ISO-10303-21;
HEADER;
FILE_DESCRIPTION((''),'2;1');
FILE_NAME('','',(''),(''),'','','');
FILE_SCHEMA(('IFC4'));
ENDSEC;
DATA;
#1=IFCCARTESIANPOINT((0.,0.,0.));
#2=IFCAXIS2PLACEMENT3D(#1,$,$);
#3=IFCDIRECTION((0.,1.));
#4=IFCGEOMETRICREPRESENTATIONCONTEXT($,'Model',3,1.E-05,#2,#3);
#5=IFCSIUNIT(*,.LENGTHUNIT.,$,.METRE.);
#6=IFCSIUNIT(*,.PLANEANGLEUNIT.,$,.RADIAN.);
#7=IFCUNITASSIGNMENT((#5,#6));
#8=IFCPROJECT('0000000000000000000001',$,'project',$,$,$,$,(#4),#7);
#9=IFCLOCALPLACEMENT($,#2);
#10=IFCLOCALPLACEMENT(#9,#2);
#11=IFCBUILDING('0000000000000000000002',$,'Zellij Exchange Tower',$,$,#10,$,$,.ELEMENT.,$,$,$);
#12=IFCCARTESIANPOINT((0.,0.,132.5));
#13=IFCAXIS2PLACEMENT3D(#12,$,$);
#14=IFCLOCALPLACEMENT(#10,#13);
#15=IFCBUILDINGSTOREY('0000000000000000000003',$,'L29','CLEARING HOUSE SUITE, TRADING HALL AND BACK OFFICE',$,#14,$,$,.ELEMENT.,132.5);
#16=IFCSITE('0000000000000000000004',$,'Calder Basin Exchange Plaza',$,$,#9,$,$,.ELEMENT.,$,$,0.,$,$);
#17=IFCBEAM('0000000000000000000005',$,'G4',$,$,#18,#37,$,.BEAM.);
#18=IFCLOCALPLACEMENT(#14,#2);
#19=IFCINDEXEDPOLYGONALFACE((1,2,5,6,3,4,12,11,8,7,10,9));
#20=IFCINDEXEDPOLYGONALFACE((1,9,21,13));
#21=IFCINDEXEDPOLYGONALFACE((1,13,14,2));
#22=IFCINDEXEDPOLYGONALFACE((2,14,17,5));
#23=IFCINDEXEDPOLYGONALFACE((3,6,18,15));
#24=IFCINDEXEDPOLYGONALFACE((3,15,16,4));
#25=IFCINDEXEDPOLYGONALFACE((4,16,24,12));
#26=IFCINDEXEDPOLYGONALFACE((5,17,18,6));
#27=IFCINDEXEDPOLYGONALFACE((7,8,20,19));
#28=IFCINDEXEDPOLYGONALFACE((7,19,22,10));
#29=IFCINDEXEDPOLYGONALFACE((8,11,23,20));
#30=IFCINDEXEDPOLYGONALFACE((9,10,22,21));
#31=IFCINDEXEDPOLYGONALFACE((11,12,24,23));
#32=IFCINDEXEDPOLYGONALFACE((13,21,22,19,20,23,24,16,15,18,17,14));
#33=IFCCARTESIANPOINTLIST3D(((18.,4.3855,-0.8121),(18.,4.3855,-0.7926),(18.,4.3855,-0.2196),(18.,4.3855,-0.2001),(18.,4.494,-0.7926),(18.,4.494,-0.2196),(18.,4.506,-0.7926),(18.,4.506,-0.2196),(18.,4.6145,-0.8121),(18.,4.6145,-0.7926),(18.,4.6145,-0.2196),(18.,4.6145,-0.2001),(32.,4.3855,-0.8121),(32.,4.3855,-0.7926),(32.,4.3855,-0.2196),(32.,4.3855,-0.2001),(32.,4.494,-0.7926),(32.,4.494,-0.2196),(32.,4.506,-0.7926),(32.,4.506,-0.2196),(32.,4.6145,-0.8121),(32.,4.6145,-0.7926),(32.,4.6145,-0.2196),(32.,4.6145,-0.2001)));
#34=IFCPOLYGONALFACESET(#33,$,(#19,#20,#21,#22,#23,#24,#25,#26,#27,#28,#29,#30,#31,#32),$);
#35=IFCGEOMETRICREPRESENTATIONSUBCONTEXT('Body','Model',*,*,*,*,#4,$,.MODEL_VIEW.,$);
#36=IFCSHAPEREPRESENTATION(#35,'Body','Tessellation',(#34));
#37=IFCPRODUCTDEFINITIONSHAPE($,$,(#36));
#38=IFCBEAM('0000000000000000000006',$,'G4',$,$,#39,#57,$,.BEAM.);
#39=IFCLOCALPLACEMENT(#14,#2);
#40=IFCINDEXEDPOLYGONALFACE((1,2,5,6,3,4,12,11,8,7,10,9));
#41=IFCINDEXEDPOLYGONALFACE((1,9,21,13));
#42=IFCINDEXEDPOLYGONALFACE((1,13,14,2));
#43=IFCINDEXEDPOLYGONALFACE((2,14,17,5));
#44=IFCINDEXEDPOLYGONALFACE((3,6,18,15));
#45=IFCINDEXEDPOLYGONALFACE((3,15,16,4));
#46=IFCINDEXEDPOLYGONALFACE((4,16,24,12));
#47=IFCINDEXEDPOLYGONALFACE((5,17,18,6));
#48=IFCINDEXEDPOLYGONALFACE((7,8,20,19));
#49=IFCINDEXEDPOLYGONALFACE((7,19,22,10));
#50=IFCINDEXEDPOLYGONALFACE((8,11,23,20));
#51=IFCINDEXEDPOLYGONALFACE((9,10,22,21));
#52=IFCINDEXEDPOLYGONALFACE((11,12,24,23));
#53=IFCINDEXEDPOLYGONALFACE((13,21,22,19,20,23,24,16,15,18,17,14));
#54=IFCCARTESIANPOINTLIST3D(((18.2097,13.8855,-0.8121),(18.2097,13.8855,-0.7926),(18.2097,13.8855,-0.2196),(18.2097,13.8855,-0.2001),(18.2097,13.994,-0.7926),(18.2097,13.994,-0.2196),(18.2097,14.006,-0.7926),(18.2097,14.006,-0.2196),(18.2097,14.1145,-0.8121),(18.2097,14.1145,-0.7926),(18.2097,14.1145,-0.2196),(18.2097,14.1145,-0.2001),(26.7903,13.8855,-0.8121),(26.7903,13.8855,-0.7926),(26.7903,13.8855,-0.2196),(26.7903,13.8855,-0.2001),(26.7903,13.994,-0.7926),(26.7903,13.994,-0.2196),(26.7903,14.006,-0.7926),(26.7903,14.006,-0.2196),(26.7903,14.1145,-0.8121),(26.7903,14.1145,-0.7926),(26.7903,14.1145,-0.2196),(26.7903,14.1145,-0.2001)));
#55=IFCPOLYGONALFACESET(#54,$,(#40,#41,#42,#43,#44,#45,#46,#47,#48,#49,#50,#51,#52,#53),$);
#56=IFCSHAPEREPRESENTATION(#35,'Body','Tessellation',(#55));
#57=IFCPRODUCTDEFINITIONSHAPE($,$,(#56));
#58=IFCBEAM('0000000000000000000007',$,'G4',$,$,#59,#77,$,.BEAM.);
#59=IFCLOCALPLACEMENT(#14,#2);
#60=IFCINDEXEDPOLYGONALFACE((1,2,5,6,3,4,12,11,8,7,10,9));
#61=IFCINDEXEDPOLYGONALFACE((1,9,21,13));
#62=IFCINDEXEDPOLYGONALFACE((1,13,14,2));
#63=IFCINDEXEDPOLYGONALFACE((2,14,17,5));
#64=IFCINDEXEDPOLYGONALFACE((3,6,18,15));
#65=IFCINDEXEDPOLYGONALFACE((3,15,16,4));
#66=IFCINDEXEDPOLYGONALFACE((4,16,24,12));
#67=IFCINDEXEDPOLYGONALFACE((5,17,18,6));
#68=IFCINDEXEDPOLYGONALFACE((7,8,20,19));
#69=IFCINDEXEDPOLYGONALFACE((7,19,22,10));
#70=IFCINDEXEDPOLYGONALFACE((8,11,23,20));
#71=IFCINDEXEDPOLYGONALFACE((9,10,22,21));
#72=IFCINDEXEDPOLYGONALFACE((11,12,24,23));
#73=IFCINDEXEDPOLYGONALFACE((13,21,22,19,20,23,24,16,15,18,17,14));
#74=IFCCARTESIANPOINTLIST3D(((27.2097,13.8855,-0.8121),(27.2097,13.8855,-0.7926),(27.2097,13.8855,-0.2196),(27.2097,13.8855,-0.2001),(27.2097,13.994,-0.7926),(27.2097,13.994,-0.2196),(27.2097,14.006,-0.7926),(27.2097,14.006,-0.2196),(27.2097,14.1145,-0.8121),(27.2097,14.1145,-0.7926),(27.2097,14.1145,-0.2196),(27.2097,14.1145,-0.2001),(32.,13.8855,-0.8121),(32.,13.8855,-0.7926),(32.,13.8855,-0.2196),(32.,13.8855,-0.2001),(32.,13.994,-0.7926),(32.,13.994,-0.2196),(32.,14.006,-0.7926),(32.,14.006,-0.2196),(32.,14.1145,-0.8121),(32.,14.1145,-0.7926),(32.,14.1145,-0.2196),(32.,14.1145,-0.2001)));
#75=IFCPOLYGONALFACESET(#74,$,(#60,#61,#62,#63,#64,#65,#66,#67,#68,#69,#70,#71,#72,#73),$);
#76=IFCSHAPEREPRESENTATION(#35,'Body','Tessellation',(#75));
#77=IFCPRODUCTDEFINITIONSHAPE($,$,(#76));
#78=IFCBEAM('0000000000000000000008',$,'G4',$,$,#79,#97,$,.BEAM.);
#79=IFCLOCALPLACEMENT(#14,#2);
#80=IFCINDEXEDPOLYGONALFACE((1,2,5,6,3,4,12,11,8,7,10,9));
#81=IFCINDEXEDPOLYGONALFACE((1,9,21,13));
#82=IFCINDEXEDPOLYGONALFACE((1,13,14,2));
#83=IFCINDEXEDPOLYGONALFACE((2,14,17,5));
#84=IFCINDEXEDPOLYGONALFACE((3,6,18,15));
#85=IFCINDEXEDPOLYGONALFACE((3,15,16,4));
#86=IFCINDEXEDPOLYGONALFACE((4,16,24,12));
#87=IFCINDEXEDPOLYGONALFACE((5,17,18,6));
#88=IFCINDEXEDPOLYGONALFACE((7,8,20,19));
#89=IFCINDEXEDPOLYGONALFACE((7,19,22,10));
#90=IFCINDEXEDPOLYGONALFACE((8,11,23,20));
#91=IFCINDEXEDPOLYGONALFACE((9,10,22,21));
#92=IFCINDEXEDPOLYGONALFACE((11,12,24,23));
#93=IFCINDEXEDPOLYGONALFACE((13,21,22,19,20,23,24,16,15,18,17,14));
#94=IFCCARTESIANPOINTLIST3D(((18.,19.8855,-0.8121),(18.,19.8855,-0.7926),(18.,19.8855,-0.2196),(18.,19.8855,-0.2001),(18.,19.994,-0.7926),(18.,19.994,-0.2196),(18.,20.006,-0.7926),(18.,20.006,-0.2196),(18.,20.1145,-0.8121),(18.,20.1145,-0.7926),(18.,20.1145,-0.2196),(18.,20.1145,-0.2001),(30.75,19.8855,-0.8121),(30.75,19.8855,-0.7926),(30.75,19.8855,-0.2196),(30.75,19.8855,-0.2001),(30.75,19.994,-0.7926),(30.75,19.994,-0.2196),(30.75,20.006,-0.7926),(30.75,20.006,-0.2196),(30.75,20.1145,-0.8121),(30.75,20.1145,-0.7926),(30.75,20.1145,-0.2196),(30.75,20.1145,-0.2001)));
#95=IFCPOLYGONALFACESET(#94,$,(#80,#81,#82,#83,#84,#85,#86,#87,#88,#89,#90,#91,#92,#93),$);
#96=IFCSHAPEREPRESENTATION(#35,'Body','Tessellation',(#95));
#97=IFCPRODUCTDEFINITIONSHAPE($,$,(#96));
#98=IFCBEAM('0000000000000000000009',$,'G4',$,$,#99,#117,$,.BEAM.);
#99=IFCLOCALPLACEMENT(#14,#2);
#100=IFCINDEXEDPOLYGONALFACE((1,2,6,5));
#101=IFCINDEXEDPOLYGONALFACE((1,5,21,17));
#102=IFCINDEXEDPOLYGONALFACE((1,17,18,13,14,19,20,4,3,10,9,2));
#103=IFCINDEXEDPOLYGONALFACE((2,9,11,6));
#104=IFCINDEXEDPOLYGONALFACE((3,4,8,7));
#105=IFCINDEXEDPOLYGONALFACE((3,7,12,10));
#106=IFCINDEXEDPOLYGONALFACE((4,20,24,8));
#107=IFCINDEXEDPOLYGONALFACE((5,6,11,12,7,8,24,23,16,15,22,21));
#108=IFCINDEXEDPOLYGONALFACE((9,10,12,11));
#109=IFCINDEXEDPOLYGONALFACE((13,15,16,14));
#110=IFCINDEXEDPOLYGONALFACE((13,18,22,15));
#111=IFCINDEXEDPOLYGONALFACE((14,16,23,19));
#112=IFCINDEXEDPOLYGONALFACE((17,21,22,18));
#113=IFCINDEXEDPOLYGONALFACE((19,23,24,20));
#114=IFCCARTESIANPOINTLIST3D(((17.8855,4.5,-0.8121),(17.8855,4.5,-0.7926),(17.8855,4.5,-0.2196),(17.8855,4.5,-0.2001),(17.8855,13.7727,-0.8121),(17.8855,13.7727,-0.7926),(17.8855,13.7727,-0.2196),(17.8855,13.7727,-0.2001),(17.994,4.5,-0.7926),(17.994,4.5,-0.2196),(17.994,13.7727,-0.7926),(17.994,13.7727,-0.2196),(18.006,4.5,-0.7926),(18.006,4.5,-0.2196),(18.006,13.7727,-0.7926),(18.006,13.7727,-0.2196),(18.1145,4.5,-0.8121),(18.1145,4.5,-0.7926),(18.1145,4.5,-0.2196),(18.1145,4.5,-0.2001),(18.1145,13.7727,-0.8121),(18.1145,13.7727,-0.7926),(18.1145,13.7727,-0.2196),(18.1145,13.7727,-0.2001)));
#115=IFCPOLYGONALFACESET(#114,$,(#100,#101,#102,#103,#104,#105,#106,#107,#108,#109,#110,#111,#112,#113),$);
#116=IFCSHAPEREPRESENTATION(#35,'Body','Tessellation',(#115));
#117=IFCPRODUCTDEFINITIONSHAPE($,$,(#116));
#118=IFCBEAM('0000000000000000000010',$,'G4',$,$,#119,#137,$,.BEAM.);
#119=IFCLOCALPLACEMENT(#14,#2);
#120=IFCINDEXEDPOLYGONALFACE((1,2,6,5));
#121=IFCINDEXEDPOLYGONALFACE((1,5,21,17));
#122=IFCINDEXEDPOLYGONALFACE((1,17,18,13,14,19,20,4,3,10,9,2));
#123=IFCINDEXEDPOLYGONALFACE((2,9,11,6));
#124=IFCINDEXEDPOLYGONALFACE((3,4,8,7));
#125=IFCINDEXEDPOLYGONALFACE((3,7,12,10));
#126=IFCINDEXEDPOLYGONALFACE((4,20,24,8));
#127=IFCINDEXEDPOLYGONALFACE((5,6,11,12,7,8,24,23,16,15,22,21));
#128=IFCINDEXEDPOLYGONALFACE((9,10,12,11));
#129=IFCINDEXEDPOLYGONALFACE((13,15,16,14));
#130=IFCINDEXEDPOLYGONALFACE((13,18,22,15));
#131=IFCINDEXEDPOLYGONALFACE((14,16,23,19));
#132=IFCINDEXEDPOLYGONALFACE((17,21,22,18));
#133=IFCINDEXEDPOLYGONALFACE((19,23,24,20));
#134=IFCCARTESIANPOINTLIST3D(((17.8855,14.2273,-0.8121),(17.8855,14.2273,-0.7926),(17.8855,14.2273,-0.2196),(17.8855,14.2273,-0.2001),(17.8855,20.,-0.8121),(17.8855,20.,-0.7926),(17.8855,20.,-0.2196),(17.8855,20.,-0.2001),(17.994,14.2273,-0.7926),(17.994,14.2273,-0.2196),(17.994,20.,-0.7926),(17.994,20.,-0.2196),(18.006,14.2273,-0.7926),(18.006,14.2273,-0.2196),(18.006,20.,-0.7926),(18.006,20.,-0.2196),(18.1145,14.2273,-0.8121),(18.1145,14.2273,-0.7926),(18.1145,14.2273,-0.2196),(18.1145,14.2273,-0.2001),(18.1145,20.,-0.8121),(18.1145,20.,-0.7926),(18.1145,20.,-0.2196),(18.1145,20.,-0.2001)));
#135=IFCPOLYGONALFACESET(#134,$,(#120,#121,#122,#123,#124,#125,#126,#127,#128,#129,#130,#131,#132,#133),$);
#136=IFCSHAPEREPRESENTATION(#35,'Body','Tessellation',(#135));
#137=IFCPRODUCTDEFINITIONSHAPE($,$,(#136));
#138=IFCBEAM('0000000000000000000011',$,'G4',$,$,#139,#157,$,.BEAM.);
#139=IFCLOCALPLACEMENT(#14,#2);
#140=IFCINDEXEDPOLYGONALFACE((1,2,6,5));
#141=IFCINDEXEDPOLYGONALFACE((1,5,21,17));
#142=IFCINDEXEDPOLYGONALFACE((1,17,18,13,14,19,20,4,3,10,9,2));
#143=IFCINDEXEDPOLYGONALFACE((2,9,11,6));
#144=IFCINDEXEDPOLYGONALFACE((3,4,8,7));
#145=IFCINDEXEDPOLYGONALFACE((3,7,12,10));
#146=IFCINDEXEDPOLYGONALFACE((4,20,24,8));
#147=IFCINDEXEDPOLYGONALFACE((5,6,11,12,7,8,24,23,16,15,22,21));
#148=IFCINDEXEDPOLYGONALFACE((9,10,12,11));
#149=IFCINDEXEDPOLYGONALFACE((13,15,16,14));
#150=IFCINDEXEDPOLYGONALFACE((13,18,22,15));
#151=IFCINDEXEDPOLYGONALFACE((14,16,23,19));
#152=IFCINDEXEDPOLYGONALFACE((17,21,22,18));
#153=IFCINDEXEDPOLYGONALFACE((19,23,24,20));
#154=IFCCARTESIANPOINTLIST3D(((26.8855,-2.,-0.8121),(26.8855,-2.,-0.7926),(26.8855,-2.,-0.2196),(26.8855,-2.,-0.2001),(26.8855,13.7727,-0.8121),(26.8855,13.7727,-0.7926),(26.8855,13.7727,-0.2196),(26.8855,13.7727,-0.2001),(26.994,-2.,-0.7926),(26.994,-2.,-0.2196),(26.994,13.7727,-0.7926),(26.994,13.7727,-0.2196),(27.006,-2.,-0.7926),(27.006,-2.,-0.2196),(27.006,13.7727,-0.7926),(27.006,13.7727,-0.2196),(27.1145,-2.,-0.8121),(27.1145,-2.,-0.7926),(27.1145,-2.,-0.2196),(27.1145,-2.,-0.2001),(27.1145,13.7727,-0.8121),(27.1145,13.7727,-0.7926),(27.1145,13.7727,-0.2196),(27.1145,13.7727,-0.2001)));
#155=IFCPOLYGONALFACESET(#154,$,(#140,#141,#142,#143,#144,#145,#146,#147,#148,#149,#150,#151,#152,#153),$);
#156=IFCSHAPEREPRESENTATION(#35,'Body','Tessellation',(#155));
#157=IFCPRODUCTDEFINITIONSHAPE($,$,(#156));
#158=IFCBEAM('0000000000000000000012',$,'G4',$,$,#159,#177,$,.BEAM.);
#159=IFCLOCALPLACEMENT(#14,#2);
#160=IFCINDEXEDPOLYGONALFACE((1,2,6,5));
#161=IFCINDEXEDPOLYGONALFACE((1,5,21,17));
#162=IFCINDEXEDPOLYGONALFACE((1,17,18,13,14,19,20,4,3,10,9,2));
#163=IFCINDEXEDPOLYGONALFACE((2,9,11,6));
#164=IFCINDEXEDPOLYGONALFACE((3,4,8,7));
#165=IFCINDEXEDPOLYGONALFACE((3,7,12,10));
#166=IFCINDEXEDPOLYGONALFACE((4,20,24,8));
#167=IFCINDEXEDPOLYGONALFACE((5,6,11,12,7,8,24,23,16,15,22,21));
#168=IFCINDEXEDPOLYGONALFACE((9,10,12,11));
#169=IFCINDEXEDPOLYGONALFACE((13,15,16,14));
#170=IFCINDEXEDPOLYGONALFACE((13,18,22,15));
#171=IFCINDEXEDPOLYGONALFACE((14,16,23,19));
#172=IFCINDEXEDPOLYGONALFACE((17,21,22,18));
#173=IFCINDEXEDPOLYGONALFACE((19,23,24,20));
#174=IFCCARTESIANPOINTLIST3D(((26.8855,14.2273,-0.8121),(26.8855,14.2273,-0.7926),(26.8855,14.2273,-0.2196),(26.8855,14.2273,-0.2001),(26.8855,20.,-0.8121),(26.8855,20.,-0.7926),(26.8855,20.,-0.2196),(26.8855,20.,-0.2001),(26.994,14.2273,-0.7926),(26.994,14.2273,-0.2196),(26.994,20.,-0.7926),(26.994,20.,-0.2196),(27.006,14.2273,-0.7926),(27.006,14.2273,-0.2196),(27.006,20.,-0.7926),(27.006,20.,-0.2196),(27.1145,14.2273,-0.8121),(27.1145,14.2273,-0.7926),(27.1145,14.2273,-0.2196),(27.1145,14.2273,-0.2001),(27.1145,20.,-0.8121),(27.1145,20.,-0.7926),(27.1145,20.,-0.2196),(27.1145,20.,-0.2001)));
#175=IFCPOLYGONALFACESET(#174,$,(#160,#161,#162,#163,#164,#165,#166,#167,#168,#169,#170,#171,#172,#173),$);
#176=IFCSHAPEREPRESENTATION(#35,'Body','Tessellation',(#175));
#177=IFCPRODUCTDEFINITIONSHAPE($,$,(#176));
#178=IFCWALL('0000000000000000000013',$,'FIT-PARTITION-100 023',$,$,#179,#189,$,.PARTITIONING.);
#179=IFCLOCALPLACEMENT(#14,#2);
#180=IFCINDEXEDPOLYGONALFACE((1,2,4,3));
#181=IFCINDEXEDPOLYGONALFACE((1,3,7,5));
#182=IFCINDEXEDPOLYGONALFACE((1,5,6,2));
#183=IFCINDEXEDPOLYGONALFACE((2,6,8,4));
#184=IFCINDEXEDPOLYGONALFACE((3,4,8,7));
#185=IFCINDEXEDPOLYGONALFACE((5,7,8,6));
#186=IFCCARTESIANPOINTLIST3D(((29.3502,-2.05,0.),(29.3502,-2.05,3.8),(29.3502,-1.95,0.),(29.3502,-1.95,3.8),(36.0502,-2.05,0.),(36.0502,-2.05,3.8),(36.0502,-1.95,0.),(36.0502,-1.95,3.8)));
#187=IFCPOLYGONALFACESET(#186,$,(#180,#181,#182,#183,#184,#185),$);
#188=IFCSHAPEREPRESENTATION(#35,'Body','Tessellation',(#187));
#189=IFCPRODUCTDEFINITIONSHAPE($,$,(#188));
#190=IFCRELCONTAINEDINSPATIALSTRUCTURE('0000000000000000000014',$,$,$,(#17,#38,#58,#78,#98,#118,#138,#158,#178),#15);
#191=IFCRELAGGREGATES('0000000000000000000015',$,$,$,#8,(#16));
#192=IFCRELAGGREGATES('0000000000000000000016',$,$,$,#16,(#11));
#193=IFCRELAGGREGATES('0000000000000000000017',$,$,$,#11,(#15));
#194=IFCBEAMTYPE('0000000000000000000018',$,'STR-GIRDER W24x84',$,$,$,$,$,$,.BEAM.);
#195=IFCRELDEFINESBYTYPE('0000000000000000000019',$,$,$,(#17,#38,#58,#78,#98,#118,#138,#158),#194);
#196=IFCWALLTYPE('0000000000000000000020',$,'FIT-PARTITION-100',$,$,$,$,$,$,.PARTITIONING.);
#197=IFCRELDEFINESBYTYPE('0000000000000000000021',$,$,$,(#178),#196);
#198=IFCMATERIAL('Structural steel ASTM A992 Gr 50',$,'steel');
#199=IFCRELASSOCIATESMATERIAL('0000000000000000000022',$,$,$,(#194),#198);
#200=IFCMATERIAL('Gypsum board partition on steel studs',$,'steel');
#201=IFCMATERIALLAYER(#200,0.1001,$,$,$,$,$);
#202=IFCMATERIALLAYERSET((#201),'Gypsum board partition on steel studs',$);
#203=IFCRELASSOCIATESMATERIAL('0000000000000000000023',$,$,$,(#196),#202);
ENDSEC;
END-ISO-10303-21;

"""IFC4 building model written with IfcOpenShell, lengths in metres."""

from ifc_helpers import new_model, si_unit, direction, frame, frame_2d, origin, origin_2d, place, context, subcontext, project, spatial, rectangle, i_section, extrude, material, layer, layer_set, material_profile, profile_set, type_object, element, save


model = new_model("IFC4")

# Units and contexts
model_context = context("Model", 3, precision=1e-05, world=origin(), true_north=direction((0.0, 1.0)))
body_context = subcontext(model_context, "Body", "Model", "MODEL_VIEW")
ifc_project = project(units=[si_unit("LENGTHUNIT", "METRE"), si_unit("PLANEANGLEUNIT", "RADIAN")], contexts=[model_context])

# Site, building, storey
site_placement = place(None, origin())
site = spatial("IfcSite", under=ifc_project, at=site_placement, Name="Calder Basin Exchange Plaza", CompositionType="ELEMENT", RefElevation=0.0)
building_placement = place(site_placement, origin())
building = spatial("IfcBuilding", under=site, at=building_placement, Name="Zellij Exchange Tower", CompositionType="ELEMENT")
storey_placement = place(building_placement, frame((0.0, 0.0, 132.5)))
storey = spatial("IfcBuildingStorey", under=building, at=storey_placement, Name="L29", Description="CLEARING HOUSE SUITE, TRADING HALL AND BACK OFFICE", CompositionType="ELEMENT", Elevation=132.5)

# Beams
ifc_material_1 = material(Name="Structural steel ASTM A992 Gr 50", Category="steel")
ifc_material_profile_1 = material_profile(ifc_material_1, i_section(OverallWidth=0.229, OverallDepth=0.6121, WebThickness=0.012, FlangeThickness=0.0195, at=origin_2d()), Name="W24x84")
ifc_profile_set_1 = profile_set([ifc_material_profile_1], Name="Structural steel ASTM A992 Gr 50")
beam_type_1 = type_object("IfcBeamType", Name="STR-GIRDER W24x84", PredefinedType="BEAM", material=ifc_profile_set_1)
beam_1_placement = place(storey_placement, frame((18.0, 4.5, -0.5061), z_axis=(1.0, 0.0, 0.0), x_axis=(0.0, 1.0, 0.0)))
element("IfcBeam", 1, at=beam_1_placement, inside=storey, type_object=beam_type_1, Name="G4", PredefinedType="BEAM", context=body_context, shape_type="SweptSolid", body=[
    extrude(i_section(OverallWidth=0.229, OverallDepth=0.6121, WebThickness=0.012, FlangeThickness=0.0195, at=origin_2d()), origin(), (0.0, 0.0, 1.0), 14.0),
])
beam_2_placement = place(storey_placement, frame((18.2097, 14.0, -0.5061), z_axis=(1.0, 0.0, 0.0), x_axis=(0.0, 1.0, 0.0)))
element("IfcBeam", 2, at=beam_2_placement, inside=storey, type_object=beam_type_1, Name="G4", PredefinedType="BEAM", context=body_context, shape_type="SweptSolid", body=[
    extrude(i_section(OverallWidth=0.229, OverallDepth=0.6121, WebThickness=0.012, FlangeThickness=0.0195, at=origin_2d()), origin(), (0.0, 0.0, 1.0), 8.5806),
])
beam_3_placement = place(storey_placement, frame((27.2097, 14.0, -0.5061), z_axis=(1.0, 0.0, 0.0), x_axis=(0.0, 1.0, 0.0)))
element("IfcBeam", 3, at=beam_3_placement, inside=storey, type_object=beam_type_1, Name="G4", PredefinedType="BEAM", context=body_context, shape_type="SweptSolid", body=[
    extrude(i_section(OverallWidth=0.229, OverallDepth=0.6121, WebThickness=0.012, FlangeThickness=0.0195, at=origin_2d()), origin(), (0.0, 0.0, 1.0), 4.7903),
])
beam_4_placement = place(storey_placement, frame((18.0, 20.0, -0.5061), z_axis=(1.0, 0.0, 0.0), x_axis=(0.0, 1.0, 0.0)))
element("IfcBeam", 4, at=beam_4_placement, inside=storey, type_object=beam_type_1, Name="G4", PredefinedType="BEAM", context=body_context, shape_type="SweptSolid", body=[
    extrude(i_section(OverallWidth=0.229, OverallDepth=0.6121, WebThickness=0.012, FlangeThickness=0.0195, at=origin_2d()), origin(), (0.0, 0.0, 1.0), 12.75),
])
beam_5_placement = place(storey_placement, frame((18.0, 4.5, -0.5061), z_axis=(0.0, 1.0, 0.0), x_axis=(-1.0, 0.0, 0.0)))
element("IfcBeam", 5, at=beam_5_placement, inside=storey, type_object=beam_type_1, Name="G4", PredefinedType="BEAM", context=body_context, shape_type="SweptSolid", body=[
    extrude(i_section(OverallWidth=0.229, OverallDepth=0.6121, WebThickness=0.012, FlangeThickness=0.0195, at=origin_2d()), origin(), (0.0, 0.0, 1.0), 9.2727),
])
beam_6_placement = place(storey_placement, frame((18.0, 14.2273, -0.5061), z_axis=(0.0, 1.0, 0.0), x_axis=(-1.0, 0.0, 0.0)))
element("IfcBeam", 6, at=beam_6_placement, inside=storey, type_object=beam_type_1, Name="G4", PredefinedType="BEAM", context=body_context, shape_type="SweptSolid", body=[
    extrude(i_section(OverallWidth=0.229, OverallDepth=0.6121, WebThickness=0.012, FlangeThickness=0.0195, at=origin_2d()), origin(), (0.0, 0.0, 1.0), 5.7727),
])
beam_7_placement = place(storey_placement, frame((27.0, -2.0, -0.5061), z_axis=(0.0, 1.0, 0.0), x_axis=(-1.0, 0.0, 0.0)))
element("IfcBeam", 7, at=beam_7_placement, inside=storey, type_object=beam_type_1, Name="G4", PredefinedType="BEAM", context=body_context, shape_type="SweptSolid", body=[
    extrude(i_section(OverallWidth=0.229, OverallDepth=0.6121, WebThickness=0.012, FlangeThickness=0.0195, at=origin_2d()), origin(), (0.0, 0.0, 1.0), 15.7727),
])
beam_8_placement = place(storey_placement, frame((27.0, 14.2273, -0.5061), z_axis=(0.0, 1.0, 0.0), x_axis=(-1.0, 0.0, 0.0)))
element("IfcBeam", 8, at=beam_8_placement, inside=storey, type_object=beam_type_1, Name="G4", PredefinedType="BEAM", context=body_context, shape_type="SweptSolid", body=[
    extrude(i_section(OverallWidth=0.229, OverallDepth=0.6121, WebThickness=0.012, FlangeThickness=0.0195, at=origin_2d()), origin(), (0.0, 0.0, 1.0), 5.7727),
])

# Wall
ifc_material_2 = material(Name="Gypsum board partition on steel studs", Category="steel")
ifc_layer = layer(ifc_material_2, 0.1001)
ifc_layer_set = layer_set([ifc_layer], Name="Gypsum board partition on steel studs")
wall_type = type_object("IfcWallType", Name="FIT-PARTITION-100", PredefinedType="PARTITIONING", material=ifc_layer_set)
wall_1_placement = place(storey_placement, frame((29.3501, -2.0, 0.0), z_axis=(0.0, 0.0, 1.0), x_axis=(1.0, 0.0, 0.0)))
element("IfcWall", 9, at=wall_1_placement, inside=storey, type_object=wall_type, Name="FIT-PARTITION-100 023", PredefinedType="PARTITIONING", context=body_context, shape_type="SweptSolid", body=[
    extrude(rectangle(XDim=6.7, YDim=0.1001, at=frame_2d((3.3501, 0.0))), origin(), (0.0, 0.0, 1.0), 3.8),
])

save(model, "model.ifc")
